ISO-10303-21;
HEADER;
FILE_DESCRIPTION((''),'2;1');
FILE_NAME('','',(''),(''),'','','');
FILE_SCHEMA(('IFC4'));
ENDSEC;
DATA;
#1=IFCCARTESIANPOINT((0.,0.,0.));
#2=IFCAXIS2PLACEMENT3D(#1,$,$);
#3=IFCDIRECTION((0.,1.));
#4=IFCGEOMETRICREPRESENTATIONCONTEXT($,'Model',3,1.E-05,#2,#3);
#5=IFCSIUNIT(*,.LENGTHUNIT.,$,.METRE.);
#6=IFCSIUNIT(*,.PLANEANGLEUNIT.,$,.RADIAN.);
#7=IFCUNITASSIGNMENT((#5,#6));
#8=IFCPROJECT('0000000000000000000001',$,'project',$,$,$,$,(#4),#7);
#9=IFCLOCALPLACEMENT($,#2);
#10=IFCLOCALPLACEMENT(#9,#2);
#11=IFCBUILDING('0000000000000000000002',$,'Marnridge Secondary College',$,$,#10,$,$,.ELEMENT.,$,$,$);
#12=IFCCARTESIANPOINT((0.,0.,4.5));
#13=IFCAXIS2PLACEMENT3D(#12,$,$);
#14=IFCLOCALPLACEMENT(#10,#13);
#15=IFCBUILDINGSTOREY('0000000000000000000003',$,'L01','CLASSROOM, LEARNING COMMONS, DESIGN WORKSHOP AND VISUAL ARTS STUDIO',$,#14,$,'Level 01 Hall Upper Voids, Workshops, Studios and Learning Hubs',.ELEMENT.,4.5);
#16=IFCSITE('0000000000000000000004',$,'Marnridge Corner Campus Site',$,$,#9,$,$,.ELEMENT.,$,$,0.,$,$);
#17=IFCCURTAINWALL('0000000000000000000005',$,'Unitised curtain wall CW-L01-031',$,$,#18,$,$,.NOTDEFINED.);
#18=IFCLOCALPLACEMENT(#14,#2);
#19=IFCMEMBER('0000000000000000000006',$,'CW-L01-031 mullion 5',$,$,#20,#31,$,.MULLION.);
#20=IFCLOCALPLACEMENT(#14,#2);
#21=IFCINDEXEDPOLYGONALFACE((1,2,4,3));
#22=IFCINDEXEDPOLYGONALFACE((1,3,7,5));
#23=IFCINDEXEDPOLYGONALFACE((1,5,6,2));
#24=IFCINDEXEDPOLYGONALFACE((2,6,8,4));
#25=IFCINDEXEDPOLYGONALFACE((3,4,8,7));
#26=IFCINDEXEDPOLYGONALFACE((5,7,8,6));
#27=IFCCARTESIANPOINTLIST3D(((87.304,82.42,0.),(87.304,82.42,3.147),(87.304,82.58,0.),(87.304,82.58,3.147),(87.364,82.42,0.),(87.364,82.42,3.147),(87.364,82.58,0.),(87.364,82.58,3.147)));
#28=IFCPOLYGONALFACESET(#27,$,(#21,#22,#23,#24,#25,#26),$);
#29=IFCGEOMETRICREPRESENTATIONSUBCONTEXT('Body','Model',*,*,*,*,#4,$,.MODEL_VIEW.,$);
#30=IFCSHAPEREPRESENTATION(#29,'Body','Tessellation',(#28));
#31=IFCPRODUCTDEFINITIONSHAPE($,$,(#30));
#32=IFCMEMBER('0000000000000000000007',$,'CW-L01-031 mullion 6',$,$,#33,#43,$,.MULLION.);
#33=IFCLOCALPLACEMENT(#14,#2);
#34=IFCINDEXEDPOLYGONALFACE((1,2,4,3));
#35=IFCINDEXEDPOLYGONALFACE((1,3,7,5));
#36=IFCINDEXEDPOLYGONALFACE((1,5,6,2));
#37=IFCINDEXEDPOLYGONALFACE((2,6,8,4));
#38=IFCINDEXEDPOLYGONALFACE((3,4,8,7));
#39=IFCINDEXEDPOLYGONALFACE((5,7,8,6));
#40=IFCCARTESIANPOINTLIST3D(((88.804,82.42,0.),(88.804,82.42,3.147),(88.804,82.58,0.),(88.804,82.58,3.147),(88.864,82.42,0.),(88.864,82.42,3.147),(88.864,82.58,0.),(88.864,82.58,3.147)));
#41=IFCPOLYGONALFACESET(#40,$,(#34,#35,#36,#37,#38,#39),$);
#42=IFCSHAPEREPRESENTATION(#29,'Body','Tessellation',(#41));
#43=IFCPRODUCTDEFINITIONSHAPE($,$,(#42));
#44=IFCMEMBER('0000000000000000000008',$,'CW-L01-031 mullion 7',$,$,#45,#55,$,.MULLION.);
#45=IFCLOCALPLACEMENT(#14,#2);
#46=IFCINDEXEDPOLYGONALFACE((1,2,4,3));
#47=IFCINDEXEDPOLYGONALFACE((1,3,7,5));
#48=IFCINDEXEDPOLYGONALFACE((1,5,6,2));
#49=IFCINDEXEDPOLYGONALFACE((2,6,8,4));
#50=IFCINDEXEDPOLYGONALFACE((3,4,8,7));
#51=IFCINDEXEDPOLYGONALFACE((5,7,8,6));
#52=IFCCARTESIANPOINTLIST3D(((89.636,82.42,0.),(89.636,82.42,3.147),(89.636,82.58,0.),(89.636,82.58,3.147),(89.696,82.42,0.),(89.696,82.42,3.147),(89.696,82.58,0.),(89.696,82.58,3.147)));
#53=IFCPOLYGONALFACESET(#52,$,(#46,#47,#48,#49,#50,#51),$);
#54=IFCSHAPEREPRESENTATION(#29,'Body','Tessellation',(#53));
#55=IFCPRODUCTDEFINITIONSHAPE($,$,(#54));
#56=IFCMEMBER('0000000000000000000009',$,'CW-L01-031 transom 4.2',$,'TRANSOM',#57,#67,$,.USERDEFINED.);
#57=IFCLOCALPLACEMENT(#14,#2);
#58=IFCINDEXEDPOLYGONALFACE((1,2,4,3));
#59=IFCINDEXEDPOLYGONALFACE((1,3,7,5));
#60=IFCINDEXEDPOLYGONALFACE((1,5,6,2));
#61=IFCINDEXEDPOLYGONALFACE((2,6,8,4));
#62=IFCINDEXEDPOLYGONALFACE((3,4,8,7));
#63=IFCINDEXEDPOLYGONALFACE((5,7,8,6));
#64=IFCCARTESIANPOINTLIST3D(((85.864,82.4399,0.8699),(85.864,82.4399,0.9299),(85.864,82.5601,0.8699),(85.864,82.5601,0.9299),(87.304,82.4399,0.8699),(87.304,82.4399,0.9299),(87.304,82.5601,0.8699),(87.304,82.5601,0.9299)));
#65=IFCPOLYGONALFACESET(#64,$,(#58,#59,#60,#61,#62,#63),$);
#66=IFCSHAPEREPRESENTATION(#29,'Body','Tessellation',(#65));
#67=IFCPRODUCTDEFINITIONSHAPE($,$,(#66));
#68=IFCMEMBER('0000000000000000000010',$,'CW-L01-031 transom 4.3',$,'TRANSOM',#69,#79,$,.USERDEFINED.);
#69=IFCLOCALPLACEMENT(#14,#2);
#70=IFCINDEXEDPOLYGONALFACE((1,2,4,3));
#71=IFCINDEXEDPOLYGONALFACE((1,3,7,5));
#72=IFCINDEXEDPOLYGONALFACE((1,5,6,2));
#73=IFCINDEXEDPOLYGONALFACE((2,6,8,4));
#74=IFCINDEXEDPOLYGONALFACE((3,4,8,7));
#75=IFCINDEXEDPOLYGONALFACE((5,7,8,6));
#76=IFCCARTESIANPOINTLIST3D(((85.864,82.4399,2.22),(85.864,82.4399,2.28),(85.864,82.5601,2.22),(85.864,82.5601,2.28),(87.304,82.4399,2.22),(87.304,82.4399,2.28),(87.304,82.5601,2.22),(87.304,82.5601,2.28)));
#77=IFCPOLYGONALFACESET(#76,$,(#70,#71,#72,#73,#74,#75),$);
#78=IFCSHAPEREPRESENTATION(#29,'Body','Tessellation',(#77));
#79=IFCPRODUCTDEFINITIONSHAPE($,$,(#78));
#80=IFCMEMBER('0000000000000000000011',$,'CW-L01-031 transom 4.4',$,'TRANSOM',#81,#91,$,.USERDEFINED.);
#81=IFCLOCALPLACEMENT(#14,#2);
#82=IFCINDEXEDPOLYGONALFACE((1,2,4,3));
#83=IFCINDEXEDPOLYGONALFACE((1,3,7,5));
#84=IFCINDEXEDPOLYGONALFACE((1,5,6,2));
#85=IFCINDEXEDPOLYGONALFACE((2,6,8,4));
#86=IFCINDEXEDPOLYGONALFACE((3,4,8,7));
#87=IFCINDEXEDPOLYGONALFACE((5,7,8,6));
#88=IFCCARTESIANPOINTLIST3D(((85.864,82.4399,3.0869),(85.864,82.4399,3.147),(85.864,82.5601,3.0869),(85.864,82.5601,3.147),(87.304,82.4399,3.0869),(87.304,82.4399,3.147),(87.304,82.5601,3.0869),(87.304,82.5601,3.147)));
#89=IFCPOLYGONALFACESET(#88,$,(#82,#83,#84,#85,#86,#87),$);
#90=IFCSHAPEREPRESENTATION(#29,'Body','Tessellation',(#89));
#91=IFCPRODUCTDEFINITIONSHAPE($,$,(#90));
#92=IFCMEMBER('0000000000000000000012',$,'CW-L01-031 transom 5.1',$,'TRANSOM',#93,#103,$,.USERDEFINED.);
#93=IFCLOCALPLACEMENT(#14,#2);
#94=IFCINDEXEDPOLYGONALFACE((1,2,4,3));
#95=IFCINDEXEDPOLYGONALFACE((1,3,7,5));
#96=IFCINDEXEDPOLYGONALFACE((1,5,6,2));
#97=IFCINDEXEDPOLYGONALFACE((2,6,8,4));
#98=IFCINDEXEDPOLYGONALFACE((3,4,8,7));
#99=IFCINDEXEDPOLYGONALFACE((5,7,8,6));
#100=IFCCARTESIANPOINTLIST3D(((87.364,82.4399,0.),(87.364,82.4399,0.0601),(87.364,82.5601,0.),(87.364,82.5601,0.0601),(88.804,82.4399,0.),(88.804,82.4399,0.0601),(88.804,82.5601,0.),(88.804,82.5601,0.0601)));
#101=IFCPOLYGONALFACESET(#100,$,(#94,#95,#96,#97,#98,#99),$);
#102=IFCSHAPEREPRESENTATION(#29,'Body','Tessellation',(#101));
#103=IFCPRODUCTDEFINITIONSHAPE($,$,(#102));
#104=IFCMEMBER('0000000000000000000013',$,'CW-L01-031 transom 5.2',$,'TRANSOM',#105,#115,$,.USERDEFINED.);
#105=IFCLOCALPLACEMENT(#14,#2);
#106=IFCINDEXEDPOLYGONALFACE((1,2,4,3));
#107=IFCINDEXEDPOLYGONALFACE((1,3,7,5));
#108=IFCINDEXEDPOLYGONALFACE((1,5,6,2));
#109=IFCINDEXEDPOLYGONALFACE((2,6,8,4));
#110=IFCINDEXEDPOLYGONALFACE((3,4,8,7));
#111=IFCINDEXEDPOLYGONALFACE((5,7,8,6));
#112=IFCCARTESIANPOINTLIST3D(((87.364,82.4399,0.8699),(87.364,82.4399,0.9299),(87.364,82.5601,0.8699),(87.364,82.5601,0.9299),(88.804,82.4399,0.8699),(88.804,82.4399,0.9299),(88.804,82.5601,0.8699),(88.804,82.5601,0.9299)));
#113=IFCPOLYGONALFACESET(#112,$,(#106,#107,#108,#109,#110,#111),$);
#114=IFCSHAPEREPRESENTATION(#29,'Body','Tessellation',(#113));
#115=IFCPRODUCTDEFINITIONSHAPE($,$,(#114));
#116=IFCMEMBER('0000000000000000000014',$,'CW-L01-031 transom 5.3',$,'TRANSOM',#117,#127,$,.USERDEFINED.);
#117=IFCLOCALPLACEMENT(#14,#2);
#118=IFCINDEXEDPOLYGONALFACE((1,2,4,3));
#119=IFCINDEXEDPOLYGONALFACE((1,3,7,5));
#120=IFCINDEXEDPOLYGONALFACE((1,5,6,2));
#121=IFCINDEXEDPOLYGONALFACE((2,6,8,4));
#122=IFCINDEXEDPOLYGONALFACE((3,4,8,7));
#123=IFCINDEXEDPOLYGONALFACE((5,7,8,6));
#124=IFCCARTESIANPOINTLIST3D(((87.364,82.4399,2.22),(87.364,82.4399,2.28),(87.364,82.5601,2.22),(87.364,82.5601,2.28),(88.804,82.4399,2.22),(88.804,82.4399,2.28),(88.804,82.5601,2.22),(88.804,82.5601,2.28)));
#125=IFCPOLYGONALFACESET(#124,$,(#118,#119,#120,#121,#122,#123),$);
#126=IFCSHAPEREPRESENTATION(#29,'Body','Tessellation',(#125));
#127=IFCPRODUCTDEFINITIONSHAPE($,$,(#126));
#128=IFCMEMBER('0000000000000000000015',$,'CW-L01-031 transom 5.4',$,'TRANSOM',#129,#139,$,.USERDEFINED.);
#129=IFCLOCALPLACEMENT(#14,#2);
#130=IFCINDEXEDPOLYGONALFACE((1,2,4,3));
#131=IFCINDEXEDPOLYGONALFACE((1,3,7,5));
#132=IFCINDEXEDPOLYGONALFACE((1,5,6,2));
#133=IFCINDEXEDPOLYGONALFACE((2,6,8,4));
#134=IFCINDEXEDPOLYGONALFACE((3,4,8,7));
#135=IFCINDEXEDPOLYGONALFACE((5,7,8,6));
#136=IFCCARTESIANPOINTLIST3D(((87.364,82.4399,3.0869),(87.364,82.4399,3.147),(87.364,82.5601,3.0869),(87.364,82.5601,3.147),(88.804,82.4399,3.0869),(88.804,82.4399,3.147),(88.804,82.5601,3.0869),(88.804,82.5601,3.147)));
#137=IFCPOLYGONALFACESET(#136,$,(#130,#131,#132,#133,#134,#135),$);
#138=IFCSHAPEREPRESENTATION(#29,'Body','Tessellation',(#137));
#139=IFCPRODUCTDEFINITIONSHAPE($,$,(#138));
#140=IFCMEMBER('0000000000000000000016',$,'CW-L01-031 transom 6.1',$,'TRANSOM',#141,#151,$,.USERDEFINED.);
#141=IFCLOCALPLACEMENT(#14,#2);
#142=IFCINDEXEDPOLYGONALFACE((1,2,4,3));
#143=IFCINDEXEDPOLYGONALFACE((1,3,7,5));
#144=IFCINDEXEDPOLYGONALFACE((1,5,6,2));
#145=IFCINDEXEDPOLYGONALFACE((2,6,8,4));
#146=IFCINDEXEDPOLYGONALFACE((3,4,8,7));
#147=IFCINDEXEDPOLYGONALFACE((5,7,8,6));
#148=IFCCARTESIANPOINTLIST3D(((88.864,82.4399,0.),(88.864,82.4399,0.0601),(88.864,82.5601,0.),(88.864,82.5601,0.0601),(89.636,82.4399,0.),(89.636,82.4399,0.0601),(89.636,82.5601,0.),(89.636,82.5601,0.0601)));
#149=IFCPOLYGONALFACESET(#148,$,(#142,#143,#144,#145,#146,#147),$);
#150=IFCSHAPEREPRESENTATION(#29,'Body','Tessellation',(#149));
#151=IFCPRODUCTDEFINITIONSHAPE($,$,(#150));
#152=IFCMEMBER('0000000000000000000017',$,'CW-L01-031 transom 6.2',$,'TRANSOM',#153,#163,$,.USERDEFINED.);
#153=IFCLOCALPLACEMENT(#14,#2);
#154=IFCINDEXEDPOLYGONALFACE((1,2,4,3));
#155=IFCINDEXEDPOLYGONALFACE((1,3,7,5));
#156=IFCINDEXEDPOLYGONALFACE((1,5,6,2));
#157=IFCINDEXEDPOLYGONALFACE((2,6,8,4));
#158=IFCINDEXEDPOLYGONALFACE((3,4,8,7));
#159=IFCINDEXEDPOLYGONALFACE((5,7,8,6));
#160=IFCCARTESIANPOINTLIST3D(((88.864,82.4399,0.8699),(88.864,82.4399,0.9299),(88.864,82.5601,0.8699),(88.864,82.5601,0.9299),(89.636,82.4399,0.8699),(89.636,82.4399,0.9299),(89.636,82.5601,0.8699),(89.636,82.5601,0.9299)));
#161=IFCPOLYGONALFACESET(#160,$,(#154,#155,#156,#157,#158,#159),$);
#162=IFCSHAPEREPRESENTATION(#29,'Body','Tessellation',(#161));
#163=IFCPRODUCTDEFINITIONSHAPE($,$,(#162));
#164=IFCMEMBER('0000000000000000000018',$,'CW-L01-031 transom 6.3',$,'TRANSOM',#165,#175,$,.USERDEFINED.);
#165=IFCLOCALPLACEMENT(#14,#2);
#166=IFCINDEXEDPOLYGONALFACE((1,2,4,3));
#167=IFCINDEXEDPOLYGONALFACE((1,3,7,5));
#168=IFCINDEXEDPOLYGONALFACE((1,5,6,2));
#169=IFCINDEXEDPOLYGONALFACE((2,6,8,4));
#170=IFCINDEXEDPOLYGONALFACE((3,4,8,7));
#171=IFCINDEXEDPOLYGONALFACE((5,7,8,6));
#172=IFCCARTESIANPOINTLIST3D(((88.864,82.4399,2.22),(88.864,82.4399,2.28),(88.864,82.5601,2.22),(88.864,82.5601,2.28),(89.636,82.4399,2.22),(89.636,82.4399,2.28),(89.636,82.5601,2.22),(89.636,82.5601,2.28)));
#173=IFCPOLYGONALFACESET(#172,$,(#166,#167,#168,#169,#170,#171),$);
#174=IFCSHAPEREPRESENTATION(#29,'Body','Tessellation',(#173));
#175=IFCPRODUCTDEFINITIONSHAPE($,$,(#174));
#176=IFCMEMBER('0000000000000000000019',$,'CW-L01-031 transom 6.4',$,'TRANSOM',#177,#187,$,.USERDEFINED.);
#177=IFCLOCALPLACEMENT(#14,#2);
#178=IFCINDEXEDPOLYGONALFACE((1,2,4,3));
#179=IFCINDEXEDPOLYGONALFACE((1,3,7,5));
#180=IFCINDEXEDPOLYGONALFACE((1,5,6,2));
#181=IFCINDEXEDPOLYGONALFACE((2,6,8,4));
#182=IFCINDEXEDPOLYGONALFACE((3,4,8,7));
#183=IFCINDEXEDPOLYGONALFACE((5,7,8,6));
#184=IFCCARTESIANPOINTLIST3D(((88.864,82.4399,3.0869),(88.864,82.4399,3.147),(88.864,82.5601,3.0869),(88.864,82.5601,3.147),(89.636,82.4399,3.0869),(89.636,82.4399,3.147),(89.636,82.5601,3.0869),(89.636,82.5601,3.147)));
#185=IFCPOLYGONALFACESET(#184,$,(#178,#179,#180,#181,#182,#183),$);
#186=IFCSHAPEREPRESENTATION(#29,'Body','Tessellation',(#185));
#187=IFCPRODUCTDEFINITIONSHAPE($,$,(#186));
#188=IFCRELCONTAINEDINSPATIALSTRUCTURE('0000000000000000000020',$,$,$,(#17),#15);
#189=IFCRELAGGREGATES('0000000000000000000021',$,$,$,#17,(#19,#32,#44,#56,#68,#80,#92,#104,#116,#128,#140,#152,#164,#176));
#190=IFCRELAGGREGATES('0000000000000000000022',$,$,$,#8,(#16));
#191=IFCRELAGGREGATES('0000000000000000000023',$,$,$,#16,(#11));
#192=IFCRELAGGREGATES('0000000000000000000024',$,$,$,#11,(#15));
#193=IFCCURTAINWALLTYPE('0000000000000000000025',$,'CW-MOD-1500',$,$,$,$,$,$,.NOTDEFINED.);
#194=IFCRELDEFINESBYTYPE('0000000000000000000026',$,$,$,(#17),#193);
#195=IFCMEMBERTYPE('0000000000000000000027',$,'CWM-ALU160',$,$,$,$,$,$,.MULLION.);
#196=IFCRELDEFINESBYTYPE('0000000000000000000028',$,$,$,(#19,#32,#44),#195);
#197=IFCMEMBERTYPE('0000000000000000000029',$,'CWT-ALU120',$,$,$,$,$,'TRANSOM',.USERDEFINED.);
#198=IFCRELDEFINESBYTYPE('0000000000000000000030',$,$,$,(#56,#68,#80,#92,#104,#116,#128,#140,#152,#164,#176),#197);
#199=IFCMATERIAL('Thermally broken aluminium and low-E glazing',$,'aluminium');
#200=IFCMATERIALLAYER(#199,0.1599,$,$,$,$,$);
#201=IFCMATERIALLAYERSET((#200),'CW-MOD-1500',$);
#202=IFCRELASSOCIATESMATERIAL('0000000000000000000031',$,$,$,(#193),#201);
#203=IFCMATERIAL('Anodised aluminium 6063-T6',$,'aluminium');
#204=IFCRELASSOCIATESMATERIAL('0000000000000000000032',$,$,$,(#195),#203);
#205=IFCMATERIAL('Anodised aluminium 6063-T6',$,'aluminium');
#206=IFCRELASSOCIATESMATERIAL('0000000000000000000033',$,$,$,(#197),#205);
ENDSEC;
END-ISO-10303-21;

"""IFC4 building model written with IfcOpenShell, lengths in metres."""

from ifc_helpers import new_model, si_unit, direction, frame, origin, origin_2d, place, context, subcontext, project, spatial, rectangle, extrude, material, layer, layer_set, material_profile, profile_set, type_object, element, aggregate, save


model = new_model("IFC4")

# Units and contexts
model_context = context("Model", 3, precision=1e-05, world=origin(), true_north=direction((0.0, 1.0)))
body_context = subcontext(model_context, "Body", "Model", "MODEL_VIEW")
ifc_project = project(units=[si_unit("LENGTHUNIT", "METRE"), si_unit("PLANEANGLEUNIT", "RADIAN")], contexts=[model_context])

# Site, building, storey
site_placement = place(None, origin())
site = spatial("IfcSite", under=ifc_project, at=site_placement, Name="Marnridge Corner Campus Site", CompositionType="ELEMENT", RefElevation=0.0)
building_placement = place(site_placement, origin())
building = spatial("IfcBuilding", under=site, at=building_placement, Name="Marnridge Secondary College", CompositionType="ELEMENT")
storey_placement = place(building_placement, frame((0.0, 0.0, 4.5)))
storey = spatial("IfcBuildingStorey", under=building, at=storey_placement, Name="L01", Description="CLASSROOM, LEARNING COMMONS, DESIGN WORKSHOP AND VISUAL ARTS STUDIO", LongName="Level 01 Hall Upper Voids, Workshops, Studios and Learning Hubs", CompositionType="ELEMENT", Elevation=4.5)

# Curtain wall, members
ifc_material_1 = material(Name="Thermally broken aluminium and low-E glazing", Category="aluminium")
ifc_layer_1 = layer(ifc_material_1, 0.1599)
ifc_layer_set_1 = layer_set([ifc_layer_1], Name="CW-MOD-1500")
curtain_wall_type = type_object("IfcCurtainWallType", Name="CW-MOD-1500", PredefinedType="NOTDEFINED", material=ifc_layer_set_1)
curtain_wall_placement = place(storey_placement, origin())
curtain_wall = element("IfcCurtainWall", 1, at=curtain_wall_placement, inside=storey, type_object=curtain_wall_type, Name="Unitised curtain wall CW-L01-031", PredefinedType="NOTDEFINED")
ifc_material_2 = material(Name="Anodised aluminium 6063-T6", Category="aluminium")
ifc_material_profile_1 = material_profile(ifc_material_2, rectangle(XDim=0.0601, YDim=0.1599, at=origin_2d()), Name="ALU 60x160")
ifc_profile_set_1 = profile_set([ifc_material_profile_1], Name="Anodised aluminium 6063-T6")
member_type_1 = type_object("IfcMemberType", Name="CWM-ALU160", PredefinedType="MULLION", material=ifc_profile_set_1)
member_1_placement = place(storey_placement, frame((87.334, 82.5, 0.0), z_axis=(0.0, 0.0, 1.0), x_axis=(1.0, 0.0, 0.0)))
member_1 = element("IfcMember", 2, at=member_1_placement, type_object=member_type_1, Name="CW-L01-031 mullion 5", PredefinedType="MULLION", context=body_context, shape_type="SweptSolid", body=[
    extrude(rectangle(XDim=0.0601, YDim=0.1599, at=origin_2d()), origin(), (0.0, 0.0, 1.0), 3.147),
])
member_2_placement = place(storey_placement, frame((88.834, 82.5, 0.0), z_axis=(0.0, 0.0, 1.0), x_axis=(1.0, 0.0, 0.0)))
member_2 = element("IfcMember", 3, at=member_2_placement, type_object=member_type_1, Name="CW-L01-031 mullion 6", PredefinedType="MULLION", context=body_context, shape_type="SweptSolid", body=[
    extrude(rectangle(XDim=0.0601, YDim=0.1599, at=origin_2d()), origin(), (0.0, 0.0, 1.0), 3.147),
])
member_3_placement = place(storey_placement, frame((89.666, 82.5, 0.0), z_axis=(0.0, 0.0, 1.0), x_axis=(1.0, 0.0, 0.0)))
member_3 = element("IfcMember", 4, at=member_3_placement, type_object=member_type_1, Name="CW-L01-031 mullion 7", PredefinedType="MULLION", context=body_context, shape_type="SweptSolid", body=[
    extrude(rectangle(XDim=0.0601, YDim=0.1599, at=origin_2d()), origin(), (0.0, 0.0, 1.0), 3.147),
])
ifc_material_3 = material(Name="Anodised aluminium 6063-T6", Category="aluminium")
ifc_material_profile_2 = material_profile(ifc_material_3, rectangle(XDim=0.0601, YDim=0.1201, at=origin_2d()), Name="ALU 60x120")
ifc_profile_set_2 = profile_set([ifc_material_profile_2], Name="Anodised aluminium 6063-T6")
member_type_2 = type_object("IfcMemberType", Name="CWT-ALU120", ElementType="TRANSOM", PredefinedType="USERDEFINED", material=ifc_profile_set_2)
member_4_placement = place(storey_placement, frame((85.864, 82.5, 0.8999), z_axis=(1.0, 0.0, 0.0), x_axis=(0.0, 0.0, 1.0)))
member_4 = element("IfcMember", 5, at=member_4_placement, type_object=member_type_2, Name="CW-L01-031 transom 4.2", ObjectType="TRANSOM", PredefinedType="USERDEFINED", context=body_context, shape_type="SweptSolid", body=[
    extrude(rectangle(XDim=0.0601, YDim=0.1201, at=origin_2d()), origin(), (0.0, 0.0, 1.0), 1.4399),
])
member_5_placement = place(storey_placement, frame((85.864, 82.5, 2.25), z_axis=(1.0, 0.0, 0.0), x_axis=(0.0, 0.0, 1.0)))
member_5 = element("IfcMember", 6, at=member_5_placement, type_object=member_type_2, Name="CW-L01-031 transom 4.3", ObjectType="TRANSOM", PredefinedType="USERDEFINED", context=body_context, shape_type="SweptSolid", body=[
    extrude(rectangle(XDim=0.0601, YDim=0.1201, at=origin_2d()), origin(), (0.0, 0.0, 1.0), 1.4399),
])
member_6_placement = place(storey_placement, frame((85.864, 82.5, 3.1169), z_axis=(1.0, 0.0, 0.0), x_axis=(0.0, 0.0, 1.0)))
member_6 = element("IfcMember", 7, at=member_6_placement, type_object=member_type_2, Name="CW-L01-031 transom 4.4", ObjectType="TRANSOM", PredefinedType="USERDEFINED", context=body_context, shape_type="SweptSolid", body=[
    extrude(rectangle(XDim=0.0601, YDim=0.1201, at=origin_2d()), origin(), (0.0, 0.0, 1.0), 1.4399),
])
member_7_placement = place(storey_placement, frame((87.364, 82.5, 0.03), z_axis=(1.0, 0.0, 0.0), x_axis=(0.0, 0.0, 1.0)))
member_7 = element("IfcMember", 8, at=member_7_placement, type_object=member_type_2, Name="CW-L01-031 transom 5.1", ObjectType="TRANSOM", PredefinedType="USERDEFINED", context=body_context, shape_type="SweptSolid", body=[
    extrude(rectangle(XDim=0.0601, YDim=0.1201, at=origin_2d()), origin(), (0.0, 0.0, 1.0), 1.4399),
])
member_8_placement = place(storey_placement, frame((87.364, 82.5, 0.8999), z_axis=(1.0, 0.0, 0.0), x_axis=(0.0, 0.0, 1.0)))
member_8 = element("IfcMember", 9, at=member_8_placement, type_object=member_type_2, Name="CW-L01-031 transom 5.2", ObjectType="TRANSOM", PredefinedType="USERDEFINED", context=body_context, shape_type="SweptSolid", body=[
    extrude(rectangle(XDim=0.0601, YDim=0.1201, at=origin_2d()), origin(), (0.0, 0.0, 1.0), 1.4399),
])
member_9_placement = place(storey_placement, frame((87.364, 82.5, 2.25), z_axis=(1.0, 0.0, 0.0), x_axis=(0.0, 0.0, 1.0)))
member_9 = element("IfcMember", 10, at=member_9_placement, type_object=member_type_2, Name="CW-L01-031 transom 5.3", ObjectType="TRANSOM", PredefinedType="USERDEFINED", context=body_context, shape_type="SweptSolid", body=[
    extrude(rectangle(XDim=0.0601, YDim=0.1201, at=origin_2d()), origin(), (0.0, 0.0, 1.0), 1.4399),
])
member_10_placement = place(storey_placement, frame((87.364, 82.5, 3.1169), z_axis=(1.0, 0.0, 0.0), x_axis=(0.0, 0.0, 1.0)))
member_10 = element("IfcMember", 11, at=member_10_placement, type_object=member_type_2, Name="CW-L01-031 transom 5.4", ObjectType="TRANSOM", PredefinedType="USERDEFINED", context=body_context, shape_type="SweptSolid", body=[
    extrude(rectangle(XDim=0.0601, YDim=0.1201, at=origin_2d()), origin(), (0.0, 0.0, 1.0), 1.4399),
])
member_11_placement = place(storey_placement, frame((88.864, 82.5, 0.03), z_axis=(1.0, 0.0, 0.0), x_axis=(0.0, 0.0, 1.0)))
member_11 = element("IfcMember", 12, at=member_11_placement, type_object=member_type_2, Name="CW-L01-031 transom 6.1", ObjectType="TRANSOM", PredefinedType="USERDEFINED", context=body_context, shape_type="SweptSolid", body=[
    extrude(rectangle(XDim=0.0601, YDim=0.1201, at=origin_2d()), origin(), (0.0, 0.0, 1.0), 0.772),
])
member_12_placement = place(storey_placement, frame((88.864, 82.5, 0.8999), z_axis=(1.0, 0.0, 0.0), x_axis=(0.0, 0.0, 1.0)))
member_12 = element("IfcMember", 13, at=member_12_placement, type_object=member_type_2, Name="CW-L01-031 transom 6.2", ObjectType="TRANSOM", PredefinedType="USERDEFINED", context=body_context, shape_type="SweptSolid", body=[
    extrude(rectangle(XDim=0.0601, YDim=0.1201, at=origin_2d()), origin(), (0.0, 0.0, 1.0), 0.772),
])
member_13_placement = place(storey_placement, frame((88.864, 82.5, 2.25), z_axis=(1.0, 0.0, 0.0), x_axis=(0.0, 0.0, 1.0)))
member_13 = element("IfcMember", 14, at=member_13_placement, type_object=member_type_2, Name="CW-L01-031 transom 6.3", ObjectType="TRANSOM", PredefinedType="USERDEFINED", context=body_context, shape_type="SweptSolid", body=[
    extrude(rectangle(XDim=0.0601, YDim=0.1201, at=origin_2d()), origin(), (0.0, 0.0, 1.0), 0.772),
])
member_14_placement = place(storey_placement, frame((88.864, 82.5, 3.1169), z_axis=(1.0, 0.0, 0.0), x_axis=(0.0, 0.0, 1.0)))
member_14 = element("IfcMember", 15, at=member_14_placement, type_object=member_type_2, Name="CW-L01-031 transom 6.4", ObjectType="TRANSOM", PredefinedType="USERDEFINED", context=body_context, shape_type="SweptSolid", body=[
    extrude(rectangle(XDim=0.0601, YDim=0.1201, at=origin_2d()), origin(), (0.0, 0.0, 1.0), 0.772),
])
aggregate(curtain_wall, [member_1, member_2, member_3, member_4, member_5, member_6, member_7, member_8, member_9, member_10, member_11, member_12, member_13, member_14])

save(model, "model.ifc")
